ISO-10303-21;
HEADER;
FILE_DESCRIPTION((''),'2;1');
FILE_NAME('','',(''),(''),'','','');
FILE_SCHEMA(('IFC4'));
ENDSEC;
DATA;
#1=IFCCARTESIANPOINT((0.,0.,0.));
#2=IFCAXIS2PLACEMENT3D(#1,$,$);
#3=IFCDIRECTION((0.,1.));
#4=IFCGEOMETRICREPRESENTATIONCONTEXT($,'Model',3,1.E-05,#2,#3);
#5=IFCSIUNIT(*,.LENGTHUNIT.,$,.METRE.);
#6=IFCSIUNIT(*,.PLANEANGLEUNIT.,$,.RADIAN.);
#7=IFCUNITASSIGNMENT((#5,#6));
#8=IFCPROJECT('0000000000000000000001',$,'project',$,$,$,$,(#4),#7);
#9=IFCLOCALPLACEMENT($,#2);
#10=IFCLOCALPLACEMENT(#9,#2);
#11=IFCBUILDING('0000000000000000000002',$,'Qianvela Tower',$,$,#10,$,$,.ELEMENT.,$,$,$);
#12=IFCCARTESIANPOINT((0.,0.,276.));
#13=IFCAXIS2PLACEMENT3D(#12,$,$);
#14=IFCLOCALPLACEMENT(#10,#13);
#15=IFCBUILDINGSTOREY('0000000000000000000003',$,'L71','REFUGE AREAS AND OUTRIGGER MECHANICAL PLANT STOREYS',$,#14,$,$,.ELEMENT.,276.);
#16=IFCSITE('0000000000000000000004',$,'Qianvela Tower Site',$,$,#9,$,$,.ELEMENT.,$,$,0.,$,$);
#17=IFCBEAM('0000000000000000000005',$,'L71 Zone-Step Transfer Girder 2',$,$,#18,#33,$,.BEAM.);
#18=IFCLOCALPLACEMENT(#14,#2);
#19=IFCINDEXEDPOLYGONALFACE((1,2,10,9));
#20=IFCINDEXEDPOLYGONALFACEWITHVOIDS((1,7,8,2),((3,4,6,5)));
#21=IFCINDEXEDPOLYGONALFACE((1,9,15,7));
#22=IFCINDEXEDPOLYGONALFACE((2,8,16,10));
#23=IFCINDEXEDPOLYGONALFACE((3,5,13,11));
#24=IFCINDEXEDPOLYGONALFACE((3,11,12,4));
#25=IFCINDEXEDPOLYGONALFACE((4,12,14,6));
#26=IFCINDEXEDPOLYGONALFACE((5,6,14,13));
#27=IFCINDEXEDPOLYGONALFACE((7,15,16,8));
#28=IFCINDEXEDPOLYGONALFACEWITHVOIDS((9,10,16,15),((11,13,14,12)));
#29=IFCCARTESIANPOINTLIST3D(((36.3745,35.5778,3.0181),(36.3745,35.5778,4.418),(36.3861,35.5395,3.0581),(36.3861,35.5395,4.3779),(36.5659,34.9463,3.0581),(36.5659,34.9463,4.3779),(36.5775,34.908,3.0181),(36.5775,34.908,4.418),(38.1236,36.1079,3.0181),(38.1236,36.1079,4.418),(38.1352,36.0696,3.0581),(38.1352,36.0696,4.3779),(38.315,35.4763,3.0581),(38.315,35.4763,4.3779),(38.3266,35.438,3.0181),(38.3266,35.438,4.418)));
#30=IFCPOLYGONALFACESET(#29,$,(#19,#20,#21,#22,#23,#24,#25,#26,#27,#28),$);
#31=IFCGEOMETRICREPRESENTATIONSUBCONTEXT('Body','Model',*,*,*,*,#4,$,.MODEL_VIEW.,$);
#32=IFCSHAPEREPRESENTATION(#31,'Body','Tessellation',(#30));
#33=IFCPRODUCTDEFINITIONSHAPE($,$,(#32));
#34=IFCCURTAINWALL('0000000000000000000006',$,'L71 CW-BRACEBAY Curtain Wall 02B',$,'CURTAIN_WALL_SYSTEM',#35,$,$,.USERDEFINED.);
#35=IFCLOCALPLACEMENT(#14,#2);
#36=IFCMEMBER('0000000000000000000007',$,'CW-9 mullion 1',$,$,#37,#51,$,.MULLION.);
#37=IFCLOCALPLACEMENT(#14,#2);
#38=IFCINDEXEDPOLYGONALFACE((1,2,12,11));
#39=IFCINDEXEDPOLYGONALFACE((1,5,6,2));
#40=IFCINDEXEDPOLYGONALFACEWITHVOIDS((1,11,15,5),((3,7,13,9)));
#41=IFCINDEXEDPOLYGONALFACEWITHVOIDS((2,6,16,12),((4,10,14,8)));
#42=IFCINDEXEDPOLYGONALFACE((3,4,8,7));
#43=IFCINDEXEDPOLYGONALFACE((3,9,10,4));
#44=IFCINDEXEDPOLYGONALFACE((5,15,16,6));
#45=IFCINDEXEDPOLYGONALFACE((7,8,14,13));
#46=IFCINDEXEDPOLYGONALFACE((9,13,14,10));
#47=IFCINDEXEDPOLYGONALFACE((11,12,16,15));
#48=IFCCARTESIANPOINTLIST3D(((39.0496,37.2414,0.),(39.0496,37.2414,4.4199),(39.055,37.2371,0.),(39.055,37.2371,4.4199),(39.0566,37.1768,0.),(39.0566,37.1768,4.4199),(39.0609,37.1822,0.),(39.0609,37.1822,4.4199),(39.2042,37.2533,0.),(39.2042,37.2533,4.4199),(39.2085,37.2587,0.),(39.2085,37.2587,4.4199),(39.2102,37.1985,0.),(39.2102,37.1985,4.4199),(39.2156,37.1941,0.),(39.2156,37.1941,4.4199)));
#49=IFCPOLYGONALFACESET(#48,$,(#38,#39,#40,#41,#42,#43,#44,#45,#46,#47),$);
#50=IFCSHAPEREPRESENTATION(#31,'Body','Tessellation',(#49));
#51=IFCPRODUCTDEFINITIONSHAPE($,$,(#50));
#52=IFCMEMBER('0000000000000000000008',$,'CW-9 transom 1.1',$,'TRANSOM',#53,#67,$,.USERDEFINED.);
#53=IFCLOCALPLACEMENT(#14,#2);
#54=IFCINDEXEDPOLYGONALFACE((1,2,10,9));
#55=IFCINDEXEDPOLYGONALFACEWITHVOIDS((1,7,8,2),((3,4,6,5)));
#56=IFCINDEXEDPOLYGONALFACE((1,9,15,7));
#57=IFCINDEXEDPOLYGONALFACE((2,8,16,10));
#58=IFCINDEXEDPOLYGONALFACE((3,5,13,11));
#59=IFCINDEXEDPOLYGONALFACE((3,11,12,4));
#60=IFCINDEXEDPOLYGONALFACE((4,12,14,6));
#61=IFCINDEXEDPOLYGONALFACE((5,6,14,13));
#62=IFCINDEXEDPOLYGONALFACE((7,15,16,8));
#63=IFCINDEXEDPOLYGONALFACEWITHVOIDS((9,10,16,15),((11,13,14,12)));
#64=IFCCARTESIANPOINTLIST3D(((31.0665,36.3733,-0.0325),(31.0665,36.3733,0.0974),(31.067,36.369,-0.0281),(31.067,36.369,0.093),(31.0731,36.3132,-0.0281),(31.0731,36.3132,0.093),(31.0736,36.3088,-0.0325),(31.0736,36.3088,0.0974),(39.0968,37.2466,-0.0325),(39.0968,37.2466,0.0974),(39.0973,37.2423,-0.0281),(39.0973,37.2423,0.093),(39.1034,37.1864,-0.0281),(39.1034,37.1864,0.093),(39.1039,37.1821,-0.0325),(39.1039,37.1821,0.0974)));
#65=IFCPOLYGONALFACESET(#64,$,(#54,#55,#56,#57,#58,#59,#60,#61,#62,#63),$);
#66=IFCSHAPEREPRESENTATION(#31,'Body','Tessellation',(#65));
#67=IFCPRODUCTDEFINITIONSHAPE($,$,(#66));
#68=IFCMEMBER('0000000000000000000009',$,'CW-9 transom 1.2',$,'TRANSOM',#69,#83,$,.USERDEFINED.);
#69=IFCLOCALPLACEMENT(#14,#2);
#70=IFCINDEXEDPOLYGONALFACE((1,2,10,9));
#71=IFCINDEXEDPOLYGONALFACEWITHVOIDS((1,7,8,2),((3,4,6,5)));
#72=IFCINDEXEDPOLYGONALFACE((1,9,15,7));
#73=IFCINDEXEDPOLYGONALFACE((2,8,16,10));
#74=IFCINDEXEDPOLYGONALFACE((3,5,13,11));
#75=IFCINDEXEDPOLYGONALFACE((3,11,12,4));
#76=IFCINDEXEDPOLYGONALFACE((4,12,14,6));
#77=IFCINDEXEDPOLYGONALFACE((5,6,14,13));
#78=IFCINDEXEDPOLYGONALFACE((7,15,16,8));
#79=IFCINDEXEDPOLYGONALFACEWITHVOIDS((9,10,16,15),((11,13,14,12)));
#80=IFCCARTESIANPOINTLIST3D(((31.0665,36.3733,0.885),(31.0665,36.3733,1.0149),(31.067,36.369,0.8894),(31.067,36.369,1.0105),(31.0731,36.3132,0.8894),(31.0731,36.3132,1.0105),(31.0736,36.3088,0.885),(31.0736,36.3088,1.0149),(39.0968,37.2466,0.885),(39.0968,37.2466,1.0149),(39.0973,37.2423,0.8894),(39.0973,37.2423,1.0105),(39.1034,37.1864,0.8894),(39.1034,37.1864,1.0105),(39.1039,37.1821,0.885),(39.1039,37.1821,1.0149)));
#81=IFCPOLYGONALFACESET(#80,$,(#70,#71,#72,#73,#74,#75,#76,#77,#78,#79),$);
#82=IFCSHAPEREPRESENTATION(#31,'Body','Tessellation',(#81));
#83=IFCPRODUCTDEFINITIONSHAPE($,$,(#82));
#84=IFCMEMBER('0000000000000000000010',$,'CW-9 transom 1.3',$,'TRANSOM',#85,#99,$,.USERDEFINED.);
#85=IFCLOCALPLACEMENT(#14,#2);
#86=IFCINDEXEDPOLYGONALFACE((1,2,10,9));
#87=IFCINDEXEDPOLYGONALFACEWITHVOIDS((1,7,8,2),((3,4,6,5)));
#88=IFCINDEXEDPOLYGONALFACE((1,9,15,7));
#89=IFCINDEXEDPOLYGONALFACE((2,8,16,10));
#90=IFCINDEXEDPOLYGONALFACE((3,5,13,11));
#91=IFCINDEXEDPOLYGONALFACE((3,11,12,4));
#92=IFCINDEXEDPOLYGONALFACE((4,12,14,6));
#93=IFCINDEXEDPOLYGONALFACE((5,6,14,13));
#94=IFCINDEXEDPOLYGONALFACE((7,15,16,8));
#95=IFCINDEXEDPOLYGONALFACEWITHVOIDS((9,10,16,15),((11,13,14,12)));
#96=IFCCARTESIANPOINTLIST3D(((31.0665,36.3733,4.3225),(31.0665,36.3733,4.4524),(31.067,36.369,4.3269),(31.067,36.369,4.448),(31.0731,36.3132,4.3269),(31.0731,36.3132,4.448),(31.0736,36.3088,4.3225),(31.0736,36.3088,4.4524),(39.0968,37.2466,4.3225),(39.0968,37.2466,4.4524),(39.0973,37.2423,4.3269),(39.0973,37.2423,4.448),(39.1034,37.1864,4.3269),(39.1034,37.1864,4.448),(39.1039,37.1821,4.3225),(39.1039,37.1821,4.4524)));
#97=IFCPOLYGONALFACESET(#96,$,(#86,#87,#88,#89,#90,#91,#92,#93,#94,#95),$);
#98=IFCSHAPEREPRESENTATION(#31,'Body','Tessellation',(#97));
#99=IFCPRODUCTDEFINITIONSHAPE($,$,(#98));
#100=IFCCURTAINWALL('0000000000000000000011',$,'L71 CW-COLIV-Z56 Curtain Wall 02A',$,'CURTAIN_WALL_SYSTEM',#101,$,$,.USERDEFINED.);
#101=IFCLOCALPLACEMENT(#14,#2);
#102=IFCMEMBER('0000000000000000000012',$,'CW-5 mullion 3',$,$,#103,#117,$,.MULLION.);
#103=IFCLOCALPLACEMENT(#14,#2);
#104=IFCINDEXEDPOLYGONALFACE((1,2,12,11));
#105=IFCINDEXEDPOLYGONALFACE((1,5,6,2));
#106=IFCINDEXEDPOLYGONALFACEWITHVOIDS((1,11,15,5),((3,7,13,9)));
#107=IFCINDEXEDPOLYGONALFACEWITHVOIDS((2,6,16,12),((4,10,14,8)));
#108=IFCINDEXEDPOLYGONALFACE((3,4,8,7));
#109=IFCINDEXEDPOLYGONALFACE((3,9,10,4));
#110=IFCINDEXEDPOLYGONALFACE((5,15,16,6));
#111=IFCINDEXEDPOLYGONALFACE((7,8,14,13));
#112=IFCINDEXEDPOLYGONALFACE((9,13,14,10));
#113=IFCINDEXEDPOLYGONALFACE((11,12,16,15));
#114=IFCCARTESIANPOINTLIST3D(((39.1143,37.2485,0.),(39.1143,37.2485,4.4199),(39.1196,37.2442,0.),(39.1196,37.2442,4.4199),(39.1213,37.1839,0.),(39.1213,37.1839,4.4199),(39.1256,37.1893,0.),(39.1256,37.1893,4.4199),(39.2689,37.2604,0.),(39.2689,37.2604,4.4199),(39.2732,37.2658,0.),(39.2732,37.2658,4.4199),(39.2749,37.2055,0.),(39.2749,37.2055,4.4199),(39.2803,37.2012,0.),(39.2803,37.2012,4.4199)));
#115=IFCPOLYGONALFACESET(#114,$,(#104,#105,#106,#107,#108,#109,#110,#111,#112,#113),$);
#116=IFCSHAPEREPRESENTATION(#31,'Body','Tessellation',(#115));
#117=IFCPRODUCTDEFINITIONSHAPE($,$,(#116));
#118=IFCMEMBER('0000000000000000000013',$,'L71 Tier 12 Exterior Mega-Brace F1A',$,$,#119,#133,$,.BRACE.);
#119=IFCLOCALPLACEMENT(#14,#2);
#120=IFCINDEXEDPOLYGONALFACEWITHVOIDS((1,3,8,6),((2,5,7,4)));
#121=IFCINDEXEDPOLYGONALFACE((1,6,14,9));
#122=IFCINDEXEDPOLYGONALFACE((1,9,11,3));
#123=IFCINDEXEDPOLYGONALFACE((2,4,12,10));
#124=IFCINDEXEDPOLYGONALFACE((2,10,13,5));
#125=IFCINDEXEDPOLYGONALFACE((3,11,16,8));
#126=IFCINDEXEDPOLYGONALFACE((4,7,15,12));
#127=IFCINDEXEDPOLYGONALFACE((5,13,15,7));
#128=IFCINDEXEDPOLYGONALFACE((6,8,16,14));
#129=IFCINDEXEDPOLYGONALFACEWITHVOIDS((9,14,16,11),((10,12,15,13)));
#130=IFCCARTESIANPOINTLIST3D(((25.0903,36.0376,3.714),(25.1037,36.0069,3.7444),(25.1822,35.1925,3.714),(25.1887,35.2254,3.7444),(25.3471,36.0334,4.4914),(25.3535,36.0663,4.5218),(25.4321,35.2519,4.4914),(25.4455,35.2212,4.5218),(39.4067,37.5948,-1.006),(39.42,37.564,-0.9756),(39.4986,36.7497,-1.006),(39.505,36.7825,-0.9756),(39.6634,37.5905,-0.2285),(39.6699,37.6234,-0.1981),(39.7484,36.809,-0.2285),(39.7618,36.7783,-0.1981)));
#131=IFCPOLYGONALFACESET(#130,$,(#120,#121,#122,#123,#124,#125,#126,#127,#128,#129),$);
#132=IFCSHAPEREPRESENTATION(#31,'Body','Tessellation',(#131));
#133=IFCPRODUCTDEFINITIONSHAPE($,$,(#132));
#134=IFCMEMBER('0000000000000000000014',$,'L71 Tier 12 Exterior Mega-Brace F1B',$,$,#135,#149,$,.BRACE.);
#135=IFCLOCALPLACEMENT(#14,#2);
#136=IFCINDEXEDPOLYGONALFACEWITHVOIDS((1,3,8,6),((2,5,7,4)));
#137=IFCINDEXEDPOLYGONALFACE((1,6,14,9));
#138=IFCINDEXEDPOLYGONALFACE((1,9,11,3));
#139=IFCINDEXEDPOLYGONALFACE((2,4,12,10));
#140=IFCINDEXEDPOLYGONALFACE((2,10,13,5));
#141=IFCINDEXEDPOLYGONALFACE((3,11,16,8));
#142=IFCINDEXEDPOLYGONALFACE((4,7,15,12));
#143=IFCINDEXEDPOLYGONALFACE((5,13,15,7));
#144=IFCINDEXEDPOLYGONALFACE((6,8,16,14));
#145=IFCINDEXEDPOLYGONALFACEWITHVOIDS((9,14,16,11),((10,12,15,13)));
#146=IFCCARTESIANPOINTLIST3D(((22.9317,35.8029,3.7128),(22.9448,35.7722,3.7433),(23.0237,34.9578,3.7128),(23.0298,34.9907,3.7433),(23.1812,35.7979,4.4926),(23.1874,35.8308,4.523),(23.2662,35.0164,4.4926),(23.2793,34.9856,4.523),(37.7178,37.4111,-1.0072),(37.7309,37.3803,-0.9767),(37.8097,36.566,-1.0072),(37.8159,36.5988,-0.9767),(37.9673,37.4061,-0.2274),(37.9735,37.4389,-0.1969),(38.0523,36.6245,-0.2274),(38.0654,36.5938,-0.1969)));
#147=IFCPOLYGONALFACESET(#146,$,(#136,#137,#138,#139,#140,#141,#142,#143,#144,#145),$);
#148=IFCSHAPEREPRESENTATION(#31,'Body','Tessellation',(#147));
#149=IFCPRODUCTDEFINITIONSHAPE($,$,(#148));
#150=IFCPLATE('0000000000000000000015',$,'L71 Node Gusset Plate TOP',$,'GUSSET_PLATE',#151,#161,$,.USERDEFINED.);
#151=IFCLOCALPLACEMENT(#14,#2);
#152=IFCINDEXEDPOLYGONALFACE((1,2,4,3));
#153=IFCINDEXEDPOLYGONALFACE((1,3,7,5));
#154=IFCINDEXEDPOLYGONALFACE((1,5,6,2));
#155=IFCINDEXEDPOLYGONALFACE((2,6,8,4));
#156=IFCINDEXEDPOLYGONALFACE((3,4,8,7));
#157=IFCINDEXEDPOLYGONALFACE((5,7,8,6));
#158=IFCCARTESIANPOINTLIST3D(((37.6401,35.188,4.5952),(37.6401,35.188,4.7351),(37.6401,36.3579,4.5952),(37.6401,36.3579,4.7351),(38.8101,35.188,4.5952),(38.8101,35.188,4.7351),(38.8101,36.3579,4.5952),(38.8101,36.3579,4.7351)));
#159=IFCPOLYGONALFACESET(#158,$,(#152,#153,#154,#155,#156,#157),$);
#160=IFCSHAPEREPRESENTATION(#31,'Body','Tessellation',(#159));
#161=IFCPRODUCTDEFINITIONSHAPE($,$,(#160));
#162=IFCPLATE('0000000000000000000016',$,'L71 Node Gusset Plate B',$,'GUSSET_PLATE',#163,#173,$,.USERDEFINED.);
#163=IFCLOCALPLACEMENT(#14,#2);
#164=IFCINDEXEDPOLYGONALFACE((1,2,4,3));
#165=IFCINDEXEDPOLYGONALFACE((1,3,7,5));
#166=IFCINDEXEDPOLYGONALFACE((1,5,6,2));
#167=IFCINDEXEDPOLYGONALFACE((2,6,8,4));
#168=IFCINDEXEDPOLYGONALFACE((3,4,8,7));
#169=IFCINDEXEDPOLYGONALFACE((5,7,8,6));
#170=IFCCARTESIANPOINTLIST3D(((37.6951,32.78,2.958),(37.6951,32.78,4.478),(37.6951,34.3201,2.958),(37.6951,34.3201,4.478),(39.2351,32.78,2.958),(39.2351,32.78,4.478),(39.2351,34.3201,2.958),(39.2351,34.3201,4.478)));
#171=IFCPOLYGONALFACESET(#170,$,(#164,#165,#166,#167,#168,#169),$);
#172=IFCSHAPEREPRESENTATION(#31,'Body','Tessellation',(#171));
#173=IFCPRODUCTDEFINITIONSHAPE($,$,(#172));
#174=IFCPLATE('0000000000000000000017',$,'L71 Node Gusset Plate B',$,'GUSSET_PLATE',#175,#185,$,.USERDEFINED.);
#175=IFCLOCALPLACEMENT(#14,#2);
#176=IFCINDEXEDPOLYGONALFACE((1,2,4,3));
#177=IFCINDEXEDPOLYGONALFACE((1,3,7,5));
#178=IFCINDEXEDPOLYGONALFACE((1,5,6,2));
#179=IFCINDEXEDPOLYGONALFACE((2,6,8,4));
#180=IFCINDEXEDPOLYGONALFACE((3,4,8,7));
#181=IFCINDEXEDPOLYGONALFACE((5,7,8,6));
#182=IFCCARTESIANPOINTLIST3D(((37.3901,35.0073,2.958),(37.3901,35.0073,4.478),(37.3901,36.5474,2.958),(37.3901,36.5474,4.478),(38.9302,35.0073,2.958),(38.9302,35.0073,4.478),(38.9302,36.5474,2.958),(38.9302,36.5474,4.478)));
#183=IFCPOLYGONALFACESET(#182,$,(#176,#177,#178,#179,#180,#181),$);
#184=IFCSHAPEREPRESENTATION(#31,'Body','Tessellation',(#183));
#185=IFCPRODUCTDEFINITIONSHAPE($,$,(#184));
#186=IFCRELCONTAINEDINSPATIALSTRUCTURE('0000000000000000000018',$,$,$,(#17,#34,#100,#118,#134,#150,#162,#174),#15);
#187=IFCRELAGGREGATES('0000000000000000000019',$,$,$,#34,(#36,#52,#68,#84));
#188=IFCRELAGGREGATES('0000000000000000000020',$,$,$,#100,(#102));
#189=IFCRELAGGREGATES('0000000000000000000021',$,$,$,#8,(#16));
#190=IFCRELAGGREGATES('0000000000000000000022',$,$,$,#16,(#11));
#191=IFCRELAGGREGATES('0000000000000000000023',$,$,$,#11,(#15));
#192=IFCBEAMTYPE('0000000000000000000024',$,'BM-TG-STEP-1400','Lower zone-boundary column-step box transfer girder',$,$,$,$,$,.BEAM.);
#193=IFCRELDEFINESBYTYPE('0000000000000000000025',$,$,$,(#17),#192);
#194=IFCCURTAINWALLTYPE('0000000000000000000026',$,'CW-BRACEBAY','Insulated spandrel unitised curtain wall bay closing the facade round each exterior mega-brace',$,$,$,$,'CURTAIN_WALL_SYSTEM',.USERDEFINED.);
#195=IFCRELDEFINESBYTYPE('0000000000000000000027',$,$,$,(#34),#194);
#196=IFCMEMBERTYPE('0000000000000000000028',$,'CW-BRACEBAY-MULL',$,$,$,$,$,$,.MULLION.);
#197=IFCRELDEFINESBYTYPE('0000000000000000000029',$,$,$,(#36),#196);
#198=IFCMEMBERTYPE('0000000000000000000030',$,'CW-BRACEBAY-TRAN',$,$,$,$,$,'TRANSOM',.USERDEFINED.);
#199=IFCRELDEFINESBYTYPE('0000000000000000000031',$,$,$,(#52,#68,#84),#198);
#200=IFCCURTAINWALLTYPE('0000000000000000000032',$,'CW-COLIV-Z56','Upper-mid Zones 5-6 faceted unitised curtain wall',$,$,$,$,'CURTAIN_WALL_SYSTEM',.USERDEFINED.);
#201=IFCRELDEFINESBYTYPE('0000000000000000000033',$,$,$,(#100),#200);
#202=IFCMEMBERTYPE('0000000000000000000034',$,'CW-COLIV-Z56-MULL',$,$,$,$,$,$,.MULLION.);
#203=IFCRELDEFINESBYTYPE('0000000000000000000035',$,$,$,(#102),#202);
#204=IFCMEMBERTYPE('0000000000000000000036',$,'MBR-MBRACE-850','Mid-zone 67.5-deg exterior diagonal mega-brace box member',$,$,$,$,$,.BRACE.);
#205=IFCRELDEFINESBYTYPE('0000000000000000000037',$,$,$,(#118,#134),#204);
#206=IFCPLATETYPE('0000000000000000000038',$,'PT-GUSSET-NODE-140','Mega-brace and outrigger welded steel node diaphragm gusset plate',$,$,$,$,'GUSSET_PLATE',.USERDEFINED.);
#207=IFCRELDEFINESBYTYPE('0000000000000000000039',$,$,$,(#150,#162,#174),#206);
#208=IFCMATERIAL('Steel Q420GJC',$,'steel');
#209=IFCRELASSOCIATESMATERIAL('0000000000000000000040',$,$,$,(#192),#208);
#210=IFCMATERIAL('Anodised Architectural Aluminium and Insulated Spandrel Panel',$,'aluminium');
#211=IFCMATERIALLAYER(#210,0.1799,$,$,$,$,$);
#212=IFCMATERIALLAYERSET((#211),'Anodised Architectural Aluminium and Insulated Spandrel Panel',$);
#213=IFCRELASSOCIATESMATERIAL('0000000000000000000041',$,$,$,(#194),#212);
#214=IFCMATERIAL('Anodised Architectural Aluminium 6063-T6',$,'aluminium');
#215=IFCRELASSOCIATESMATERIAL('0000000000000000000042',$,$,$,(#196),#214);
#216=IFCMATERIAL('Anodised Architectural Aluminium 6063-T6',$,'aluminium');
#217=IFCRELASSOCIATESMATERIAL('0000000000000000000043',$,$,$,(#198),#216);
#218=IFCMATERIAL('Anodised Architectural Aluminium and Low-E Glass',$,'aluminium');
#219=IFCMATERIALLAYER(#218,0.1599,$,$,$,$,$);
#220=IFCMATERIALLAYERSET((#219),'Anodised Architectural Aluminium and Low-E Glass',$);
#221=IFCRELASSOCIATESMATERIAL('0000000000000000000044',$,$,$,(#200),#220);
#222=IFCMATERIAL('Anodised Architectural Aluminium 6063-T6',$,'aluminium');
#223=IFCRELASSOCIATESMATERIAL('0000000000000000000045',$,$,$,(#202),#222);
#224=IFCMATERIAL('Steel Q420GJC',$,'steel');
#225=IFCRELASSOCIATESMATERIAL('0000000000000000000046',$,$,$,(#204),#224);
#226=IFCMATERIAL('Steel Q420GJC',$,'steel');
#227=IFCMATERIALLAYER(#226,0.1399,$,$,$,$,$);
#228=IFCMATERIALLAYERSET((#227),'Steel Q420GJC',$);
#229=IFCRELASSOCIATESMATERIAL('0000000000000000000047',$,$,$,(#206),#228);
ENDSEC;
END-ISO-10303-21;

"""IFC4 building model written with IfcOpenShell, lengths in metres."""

from ifc_helpers import new_model, si_unit, direction, frame, origin, origin_2d, place, context, subcontext, project, spatial, rectangle, hollow_rectangle, extrude, material, layer, layer_set, material_profile, profile_set, type_object, element, aggregate, save


model = new_model("IFC4")

# Units and contexts
model_context = context("Model", 3, precision=1e-05, world=origin(), true_north=direction((0.0, 1.0)))
body_context = subcontext(model_context, "Body", "Model", "MODEL_VIEW")
ifc_project = project(units=[si_unit("LENGTHUNIT", "METRE"), si_unit("PLANEANGLEUNIT", "RADIAN")], contexts=[model_context])

# Site, building, storey
site_placement = place(None, origin())
site = spatial("IfcSite", under=ifc_project, at=site_placement, Name="Qianvela Tower Site", CompositionType="ELEMENT", RefElevation=0.0)
building_placement = place(site_placement, origin())
building = spatial("IfcBuilding", under=site, at=building_placement, Name="Qianvela Tower", CompositionType="ELEMENT")
storey_placement = place(building_placement, frame((0.0, 0.0, 276.0)))
storey = spatial("IfcBuildingStorey", under=building, at=storey_placement, Name="L71", Description="REFUGE AREAS AND OUTRIGGER MECHANICAL PLANT STOREYS", CompositionType="ELEMENT", Elevation=276.0)

# Beam
ifc_material_1 = material(Name="Steel Q420GJC", Category="steel")
ifc_material_profile_1 = material_profile(ifc_material_1, hollow_rectangle(XDim=0.7, YDim=1.3999, WallThickness=0.04, at=origin_2d()), Name="TG-BOX-1400x700x40")
ifc_profile_set_1 = profile_set([ifc_material_profile_1], Name="Steel Q420GJC")
beam_type_1 = type_object("IfcBeamType", Name="BM-TG-STEP-1400", Description="Lower zone-boundary column-step box transfer girder", PredefinedType="BEAM", material=ifc_profile_set_1)
beam_1_placement = place(storey_placement, frame((38.2251, 35.7729, 3.718), z_axis=(-0.957021, -0.290019, 0.0), x_axis=(0.290019, -0.957021, 0.0)))
element("IfcBeam", 1, at=beam_1_placement, inside=storey, type_object=beam_type_1, Name="L71 Zone-Step Transfer Girder 2", PredefinedType="BEAM", context=body_context, shape_type="SweptSolid", body=[
    extrude(hollow_rectangle(XDim=0.7, YDim=1.3999, WallThickness=0.04, at=origin_2d()), origin(), (0.0, 0.0, 1.0), 1.8276),
])

# Curtain wall, members
ifc_material_2 = material(Name="Anodised Architectural Aluminium and Insulated Spandrel Panel", Category="aluminium")
ifc_layer_1 = layer(ifc_material_2, 0.1799)
ifc_layer_set_1 = layer_set([ifc_layer_1], Name="Anodised Architectural Aluminium and Insulated Spandrel Panel")
curtain_wall_type_1 = type_object("IfcCurtainWallType", Name="CW-BRACEBAY", Description="Insulated spandrel unitised curtain wall bay closing the facade round each exterior mega-brace", ElementType="CURTAIN_WALL_SYSTEM", PredefinedType="USERDEFINED", material=ifc_layer_set_1)
curtain_wall_1_placement = place(storey_placement, origin())
curtain_wall_1 = element("IfcCurtainWall", 2, at=curtain_wall_1_placement, inside=storey, type_object=curtain_wall_type_1, Name="L71 CW-BRACEBAY Curtain Wall 02B", ObjectType="CURTAIN_WALL_SYSTEM", PredefinedType="USERDEFINED")
ifc_material_3 = material(Name="Anodised Architectural Aluminium 6063-T6", Category="aluminium")
ifc_material_profile_2 = material_profile(ifc_material_3, hollow_rectangle(XDim=0.0649, YDim=0.1599, WallThickness=0.0049, at=origin_2d()), Name="ALU-MULL-65x160")
ifc_profile_set_2 = profile_set([ifc_material_profile_2], Name="Anodised Architectural Aluminium 6063-T6")
member_type_1 = type_object("IfcMemberType", Name="CW-BRACEBAY-MULL", PredefinedType="MULLION", material=ifc_profile_set_2)
member_1_placement = place(storey_placement, frame((39.1326, 37.2178, 0.0), z_axis=(0.0, 0.0, 1.0), x_axis=(0.108122, -0.994138, 0.0)))
member_1 = element("IfcMember", 3, at=member_1_placement, type_object=member_type_1, Name="CW-9 mullion 1", PredefinedType="MULLION", context=body_context, shape_type="SweptSolid", body=[
    extrude(hollow_rectangle(XDim=0.0649, YDim=0.1599, WallThickness=0.0049, at=origin_2d()), origin(), (0.0, 0.0, 1.0), 4.4199),
])
ifc_material_4 = material(Name="Anodised Architectural Aluminium 6063-T6", Category="aluminium")
ifc_material_profile_3 = material_profile(ifc_material_4, hollow_rectangle(XDim=0.0649, YDim=0.1299, WallThickness=0.0044, at=origin_2d()), Name="ALU-TRAN-65x130")
ifc_profile_set_3 = profile_set([ifc_material_profile_3], Name="Anodised Architectural Aluminium 6063-T6")
member_type_2 = type_object("IfcMemberType", Name="CW-BRACEBAY-TRAN", ElementType="TRANSOM", PredefinedType="USERDEFINED", material=ifc_profile_set_3)
member_2_placement = place(storey_placement, frame((39.1003, 37.2144, 0.0325), z_axis=(-0.994139, -0.108112, 0.0), x_axis=(0.108112, -0.994139, 0.0)))
member_2 = element("IfcMember", 4, at=member_2_placement, type_object=member_type_2, Name="CW-9 transom 1.1", ObjectType="TRANSOM", PredefinedType="USERDEFINED", context=body_context, shape_type="SweptSolid", body=[
    extrude(hollow_rectangle(XDim=0.0649, YDim=0.1299, WallThickness=0.0044, at=origin_2d()), origin(), (0.0, 0.0, 1.0), 8.0776),
])
member_3_placement = place(storey_placement, frame((39.1003, 37.2144, 0.95), z_axis=(-0.994139, -0.108112, 0.0), x_axis=(0.108112, -0.994139, 0.0)))
member_3 = element("IfcMember", 5, at=member_3_placement, type_object=member_type_2, Name="CW-9 transom 1.2", ObjectType="TRANSOM", PredefinedType="USERDEFINED", context=body_context, shape_type="SweptSolid", body=[
    extrude(hollow_rectangle(XDim=0.0649, YDim=0.1299, WallThickness=0.0044, at=origin_2d()), origin(), (0.0, 0.0, 1.0), 8.0776),
])
member_4_placement = place(storey_placement, frame((39.1003, 37.2144, 4.3875), z_axis=(-0.994139, -0.108112, 0.0), x_axis=(0.108112, -0.994139, 0.0)))
member_4 = element("IfcMember", 6, at=member_4_placement, type_object=member_type_2, Name="CW-9 transom 1.3", ObjectType="TRANSOM", PredefinedType="USERDEFINED", context=body_context, shape_type="SweptSolid", body=[
    extrude(hollow_rectangle(XDim=0.0649, YDim=0.1299, WallThickness=0.0044, at=origin_2d()), origin(), (0.0, 0.0, 1.0), 8.0776),
])
aggregate(curtain_wall_1, [member_1, member_2, member_3, member_4])

# Curtain wall, member
ifc_material_5 = material(Name="Anodised Architectural Aluminium and Low-E Glass", Category="aluminium")
ifc_layer_2 = layer(ifc_material_5, 0.1599)
ifc_layer_set_2 = layer_set([ifc_layer_2], Name="Anodised Architectural Aluminium and Low-E Glass")
curtain_wall_type_2 = type_object("IfcCurtainWallType", Name="CW-COLIV-Z56", Description="Upper-mid Zones 5-6 faceted unitised curtain wall", ElementType="CURTAIN_WALL_SYSTEM", PredefinedType="USERDEFINED", material=ifc_layer_set_2)
curtain_wall_2_placement = place(storey_placement, origin())
curtain_wall_2 = element("IfcCurtainWall", 7, at=curtain_wall_2_placement, inside=storey, type_object=curtain_wall_type_2, Name="L71 CW-COLIV-Z56 Curtain Wall 02A", ObjectType="CURTAIN_WALL_SYSTEM", PredefinedType="USERDEFINED")
ifc_material_6 = material(Name="Anodised Architectural Aluminium 6063-T6", Category="aluminium")
ifc_material_profile_4 = material_profile(ifc_material_6, hollow_rectangle(XDim=0.0649, YDim=0.1599, WallThickness=0.0049, at=origin_2d()), Name="ALU-MULL-65x160")
ifc_profile_set_4 = profile_set([ifc_material_profile_4], Name="Anodised Architectural Aluminium 6063-T6")
member_type_3 = type_object("IfcMemberType", Name="CW-COLIV-Z56-MULL", PredefinedType="MULLION", material=ifc_profile_set_4)
member_5_placement = place(storey_placement, frame((39.1973, 37.2249, 0.0), z_axis=(0.0, 0.0, 1.0), x_axis=(0.108121, -0.994138, 0.0)))
member_5 = element("IfcMember", 8, at=member_5_placement, type_object=member_type_3, Name="CW-5 mullion 3", PredefinedType="MULLION", context=body_context, shape_type="SweptSolid", body=[
    extrude(hollow_rectangle(XDim=0.0649, YDim=0.1599, WallThickness=0.0049, at=origin_2d()), origin(), (0.0, 0.0, 1.0), 4.4199),
])
aggregate(curtain_wall_2, [member_5])

# Members
ifc_material_7 = material(Name="Steel Q420GJC", Category="steel")
ifc_material_profile_5 = material_profile(ifc_material_7, hollow_rectangle(XDim=0.8501, YDim=0.8501, WallThickness=0.032, at=origin_2d()), Name="MBOX-850x850x32")
ifc_profile_set_5 = profile_set([ifc_material_profile_5], Name="Steel Q420GJC")
member_type_4 = type_object("IfcMemberType", Name="MBR-MBRACE-850", Description="Mid-zone 67.5-deg exterior diagonal mega-brace box member", PredefinedType="BRACE", material=ifc_profile_set_5)
member_6_placement = place(storey_placement, frame((39.5842, 37.1865, -0.6021), z_axis=(-0.94469, -0.10275, 0.311454), x_axis=(0.108128, -0.994137, 0.0)))
element("IfcMember", 9, at=member_6_placement, inside=storey, type_object=member_type_4, Name="L71 Tier 12 Exterior Mega-Brace F1A", PredefinedType="BRACE", context=body_context, shape_type="SweptSolid", body=[
    extrude(hollow_rectangle(XDim=0.8501, YDim=0.8501, WallThickness=0.032, at=origin_2d()), origin(), (0.0, 0.0, 1.0), 15.1545),
])
member_7_placement = place(storey_placement, frame((37.8916, 37.0024, -0.6021), z_axis=(-0.947568, -0.103058, 0.302479), x_axis=(0.108123, -0.994137, 0.0)))
element("IfcMember", 10, at=member_7_placement, inside=storey, type_object=member_type_4, Name="L71 Tier 12 Exterior Mega-Brace F1B", PredefinedType="BRACE", context=body_context, shape_type="SweptSolid", body=[
    extrude(hollow_rectangle(XDim=0.8501, YDim=0.8501, WallThickness=0.032, at=origin_2d()), origin(), (0.0, 0.0, 1.0), 15.6042),
])

# Plates
ifc_material_8 = material(Name="Steel Q420GJC", Category="steel")
ifc_layer_3 = layer(ifc_material_8, 0.1399)
ifc_layer_set_3 = layer_set([ifc_layer_3], Name="Steel Q420GJC")
plate_type = type_object("IfcPlateType", Name="PT-GUSSET-NODE-140", Description="Mega-brace and outrigger welded steel node diaphragm gusset plate", ElementType="GUSSET_PLATE", PredefinedType="USERDEFINED", material=ifc_layer_set_3)
plate_placement = place(storey_placement, frame((38.2251, 35.7729, 4.5952), z_axis=(0.0, 0.0, 1.0), x_axis=(1.0, 0.0, 0.0)))
element("IfcPlate", 11, at=plate_placement, inside=storey, type_object=plate_type, Name="L71 Node Gusset Plate TOP", ObjectType="GUSSET_PLATE", PredefinedType="USERDEFINED", context=body_context, shape_type="SweptSolid", body=[
    extrude(rectangle(XDim=1.1699, YDim=1.1699, at=origin_2d()), origin(), (0.0, 0.0, 1.0), 0.1399),
])
for number, where, z_axis, x_axis, name in (
    (12, (38.4651, 33.55, 2.958), (0.0, 0.0, 1.0), (1.0, 0.0, 0.0), "L71 Node Gusset Plate B"),
    (13, (38.1602, 35.7773, 2.958), (0.0, 0.0, 1.0), (1.0, 0.0, 0.0), "L71 Node Gusset Plate B"),
):
    element("IfcPlate", number, at=place(storey_placement, frame(where, z_axis=z_axis, x_axis=x_axis)), inside=storey, type_object=plate_type, Name=name, ObjectType="GUSSET_PLATE", PredefinedType="USERDEFINED", context=body_context, shape_type="SweptSolid", body=[
        extrude(rectangle(XDim=1.54, YDim=1.54, at=origin_2d()), origin(), (0.0, 0.0, 1.0), 1.52),
    ])

save(model, "model.ifc")
